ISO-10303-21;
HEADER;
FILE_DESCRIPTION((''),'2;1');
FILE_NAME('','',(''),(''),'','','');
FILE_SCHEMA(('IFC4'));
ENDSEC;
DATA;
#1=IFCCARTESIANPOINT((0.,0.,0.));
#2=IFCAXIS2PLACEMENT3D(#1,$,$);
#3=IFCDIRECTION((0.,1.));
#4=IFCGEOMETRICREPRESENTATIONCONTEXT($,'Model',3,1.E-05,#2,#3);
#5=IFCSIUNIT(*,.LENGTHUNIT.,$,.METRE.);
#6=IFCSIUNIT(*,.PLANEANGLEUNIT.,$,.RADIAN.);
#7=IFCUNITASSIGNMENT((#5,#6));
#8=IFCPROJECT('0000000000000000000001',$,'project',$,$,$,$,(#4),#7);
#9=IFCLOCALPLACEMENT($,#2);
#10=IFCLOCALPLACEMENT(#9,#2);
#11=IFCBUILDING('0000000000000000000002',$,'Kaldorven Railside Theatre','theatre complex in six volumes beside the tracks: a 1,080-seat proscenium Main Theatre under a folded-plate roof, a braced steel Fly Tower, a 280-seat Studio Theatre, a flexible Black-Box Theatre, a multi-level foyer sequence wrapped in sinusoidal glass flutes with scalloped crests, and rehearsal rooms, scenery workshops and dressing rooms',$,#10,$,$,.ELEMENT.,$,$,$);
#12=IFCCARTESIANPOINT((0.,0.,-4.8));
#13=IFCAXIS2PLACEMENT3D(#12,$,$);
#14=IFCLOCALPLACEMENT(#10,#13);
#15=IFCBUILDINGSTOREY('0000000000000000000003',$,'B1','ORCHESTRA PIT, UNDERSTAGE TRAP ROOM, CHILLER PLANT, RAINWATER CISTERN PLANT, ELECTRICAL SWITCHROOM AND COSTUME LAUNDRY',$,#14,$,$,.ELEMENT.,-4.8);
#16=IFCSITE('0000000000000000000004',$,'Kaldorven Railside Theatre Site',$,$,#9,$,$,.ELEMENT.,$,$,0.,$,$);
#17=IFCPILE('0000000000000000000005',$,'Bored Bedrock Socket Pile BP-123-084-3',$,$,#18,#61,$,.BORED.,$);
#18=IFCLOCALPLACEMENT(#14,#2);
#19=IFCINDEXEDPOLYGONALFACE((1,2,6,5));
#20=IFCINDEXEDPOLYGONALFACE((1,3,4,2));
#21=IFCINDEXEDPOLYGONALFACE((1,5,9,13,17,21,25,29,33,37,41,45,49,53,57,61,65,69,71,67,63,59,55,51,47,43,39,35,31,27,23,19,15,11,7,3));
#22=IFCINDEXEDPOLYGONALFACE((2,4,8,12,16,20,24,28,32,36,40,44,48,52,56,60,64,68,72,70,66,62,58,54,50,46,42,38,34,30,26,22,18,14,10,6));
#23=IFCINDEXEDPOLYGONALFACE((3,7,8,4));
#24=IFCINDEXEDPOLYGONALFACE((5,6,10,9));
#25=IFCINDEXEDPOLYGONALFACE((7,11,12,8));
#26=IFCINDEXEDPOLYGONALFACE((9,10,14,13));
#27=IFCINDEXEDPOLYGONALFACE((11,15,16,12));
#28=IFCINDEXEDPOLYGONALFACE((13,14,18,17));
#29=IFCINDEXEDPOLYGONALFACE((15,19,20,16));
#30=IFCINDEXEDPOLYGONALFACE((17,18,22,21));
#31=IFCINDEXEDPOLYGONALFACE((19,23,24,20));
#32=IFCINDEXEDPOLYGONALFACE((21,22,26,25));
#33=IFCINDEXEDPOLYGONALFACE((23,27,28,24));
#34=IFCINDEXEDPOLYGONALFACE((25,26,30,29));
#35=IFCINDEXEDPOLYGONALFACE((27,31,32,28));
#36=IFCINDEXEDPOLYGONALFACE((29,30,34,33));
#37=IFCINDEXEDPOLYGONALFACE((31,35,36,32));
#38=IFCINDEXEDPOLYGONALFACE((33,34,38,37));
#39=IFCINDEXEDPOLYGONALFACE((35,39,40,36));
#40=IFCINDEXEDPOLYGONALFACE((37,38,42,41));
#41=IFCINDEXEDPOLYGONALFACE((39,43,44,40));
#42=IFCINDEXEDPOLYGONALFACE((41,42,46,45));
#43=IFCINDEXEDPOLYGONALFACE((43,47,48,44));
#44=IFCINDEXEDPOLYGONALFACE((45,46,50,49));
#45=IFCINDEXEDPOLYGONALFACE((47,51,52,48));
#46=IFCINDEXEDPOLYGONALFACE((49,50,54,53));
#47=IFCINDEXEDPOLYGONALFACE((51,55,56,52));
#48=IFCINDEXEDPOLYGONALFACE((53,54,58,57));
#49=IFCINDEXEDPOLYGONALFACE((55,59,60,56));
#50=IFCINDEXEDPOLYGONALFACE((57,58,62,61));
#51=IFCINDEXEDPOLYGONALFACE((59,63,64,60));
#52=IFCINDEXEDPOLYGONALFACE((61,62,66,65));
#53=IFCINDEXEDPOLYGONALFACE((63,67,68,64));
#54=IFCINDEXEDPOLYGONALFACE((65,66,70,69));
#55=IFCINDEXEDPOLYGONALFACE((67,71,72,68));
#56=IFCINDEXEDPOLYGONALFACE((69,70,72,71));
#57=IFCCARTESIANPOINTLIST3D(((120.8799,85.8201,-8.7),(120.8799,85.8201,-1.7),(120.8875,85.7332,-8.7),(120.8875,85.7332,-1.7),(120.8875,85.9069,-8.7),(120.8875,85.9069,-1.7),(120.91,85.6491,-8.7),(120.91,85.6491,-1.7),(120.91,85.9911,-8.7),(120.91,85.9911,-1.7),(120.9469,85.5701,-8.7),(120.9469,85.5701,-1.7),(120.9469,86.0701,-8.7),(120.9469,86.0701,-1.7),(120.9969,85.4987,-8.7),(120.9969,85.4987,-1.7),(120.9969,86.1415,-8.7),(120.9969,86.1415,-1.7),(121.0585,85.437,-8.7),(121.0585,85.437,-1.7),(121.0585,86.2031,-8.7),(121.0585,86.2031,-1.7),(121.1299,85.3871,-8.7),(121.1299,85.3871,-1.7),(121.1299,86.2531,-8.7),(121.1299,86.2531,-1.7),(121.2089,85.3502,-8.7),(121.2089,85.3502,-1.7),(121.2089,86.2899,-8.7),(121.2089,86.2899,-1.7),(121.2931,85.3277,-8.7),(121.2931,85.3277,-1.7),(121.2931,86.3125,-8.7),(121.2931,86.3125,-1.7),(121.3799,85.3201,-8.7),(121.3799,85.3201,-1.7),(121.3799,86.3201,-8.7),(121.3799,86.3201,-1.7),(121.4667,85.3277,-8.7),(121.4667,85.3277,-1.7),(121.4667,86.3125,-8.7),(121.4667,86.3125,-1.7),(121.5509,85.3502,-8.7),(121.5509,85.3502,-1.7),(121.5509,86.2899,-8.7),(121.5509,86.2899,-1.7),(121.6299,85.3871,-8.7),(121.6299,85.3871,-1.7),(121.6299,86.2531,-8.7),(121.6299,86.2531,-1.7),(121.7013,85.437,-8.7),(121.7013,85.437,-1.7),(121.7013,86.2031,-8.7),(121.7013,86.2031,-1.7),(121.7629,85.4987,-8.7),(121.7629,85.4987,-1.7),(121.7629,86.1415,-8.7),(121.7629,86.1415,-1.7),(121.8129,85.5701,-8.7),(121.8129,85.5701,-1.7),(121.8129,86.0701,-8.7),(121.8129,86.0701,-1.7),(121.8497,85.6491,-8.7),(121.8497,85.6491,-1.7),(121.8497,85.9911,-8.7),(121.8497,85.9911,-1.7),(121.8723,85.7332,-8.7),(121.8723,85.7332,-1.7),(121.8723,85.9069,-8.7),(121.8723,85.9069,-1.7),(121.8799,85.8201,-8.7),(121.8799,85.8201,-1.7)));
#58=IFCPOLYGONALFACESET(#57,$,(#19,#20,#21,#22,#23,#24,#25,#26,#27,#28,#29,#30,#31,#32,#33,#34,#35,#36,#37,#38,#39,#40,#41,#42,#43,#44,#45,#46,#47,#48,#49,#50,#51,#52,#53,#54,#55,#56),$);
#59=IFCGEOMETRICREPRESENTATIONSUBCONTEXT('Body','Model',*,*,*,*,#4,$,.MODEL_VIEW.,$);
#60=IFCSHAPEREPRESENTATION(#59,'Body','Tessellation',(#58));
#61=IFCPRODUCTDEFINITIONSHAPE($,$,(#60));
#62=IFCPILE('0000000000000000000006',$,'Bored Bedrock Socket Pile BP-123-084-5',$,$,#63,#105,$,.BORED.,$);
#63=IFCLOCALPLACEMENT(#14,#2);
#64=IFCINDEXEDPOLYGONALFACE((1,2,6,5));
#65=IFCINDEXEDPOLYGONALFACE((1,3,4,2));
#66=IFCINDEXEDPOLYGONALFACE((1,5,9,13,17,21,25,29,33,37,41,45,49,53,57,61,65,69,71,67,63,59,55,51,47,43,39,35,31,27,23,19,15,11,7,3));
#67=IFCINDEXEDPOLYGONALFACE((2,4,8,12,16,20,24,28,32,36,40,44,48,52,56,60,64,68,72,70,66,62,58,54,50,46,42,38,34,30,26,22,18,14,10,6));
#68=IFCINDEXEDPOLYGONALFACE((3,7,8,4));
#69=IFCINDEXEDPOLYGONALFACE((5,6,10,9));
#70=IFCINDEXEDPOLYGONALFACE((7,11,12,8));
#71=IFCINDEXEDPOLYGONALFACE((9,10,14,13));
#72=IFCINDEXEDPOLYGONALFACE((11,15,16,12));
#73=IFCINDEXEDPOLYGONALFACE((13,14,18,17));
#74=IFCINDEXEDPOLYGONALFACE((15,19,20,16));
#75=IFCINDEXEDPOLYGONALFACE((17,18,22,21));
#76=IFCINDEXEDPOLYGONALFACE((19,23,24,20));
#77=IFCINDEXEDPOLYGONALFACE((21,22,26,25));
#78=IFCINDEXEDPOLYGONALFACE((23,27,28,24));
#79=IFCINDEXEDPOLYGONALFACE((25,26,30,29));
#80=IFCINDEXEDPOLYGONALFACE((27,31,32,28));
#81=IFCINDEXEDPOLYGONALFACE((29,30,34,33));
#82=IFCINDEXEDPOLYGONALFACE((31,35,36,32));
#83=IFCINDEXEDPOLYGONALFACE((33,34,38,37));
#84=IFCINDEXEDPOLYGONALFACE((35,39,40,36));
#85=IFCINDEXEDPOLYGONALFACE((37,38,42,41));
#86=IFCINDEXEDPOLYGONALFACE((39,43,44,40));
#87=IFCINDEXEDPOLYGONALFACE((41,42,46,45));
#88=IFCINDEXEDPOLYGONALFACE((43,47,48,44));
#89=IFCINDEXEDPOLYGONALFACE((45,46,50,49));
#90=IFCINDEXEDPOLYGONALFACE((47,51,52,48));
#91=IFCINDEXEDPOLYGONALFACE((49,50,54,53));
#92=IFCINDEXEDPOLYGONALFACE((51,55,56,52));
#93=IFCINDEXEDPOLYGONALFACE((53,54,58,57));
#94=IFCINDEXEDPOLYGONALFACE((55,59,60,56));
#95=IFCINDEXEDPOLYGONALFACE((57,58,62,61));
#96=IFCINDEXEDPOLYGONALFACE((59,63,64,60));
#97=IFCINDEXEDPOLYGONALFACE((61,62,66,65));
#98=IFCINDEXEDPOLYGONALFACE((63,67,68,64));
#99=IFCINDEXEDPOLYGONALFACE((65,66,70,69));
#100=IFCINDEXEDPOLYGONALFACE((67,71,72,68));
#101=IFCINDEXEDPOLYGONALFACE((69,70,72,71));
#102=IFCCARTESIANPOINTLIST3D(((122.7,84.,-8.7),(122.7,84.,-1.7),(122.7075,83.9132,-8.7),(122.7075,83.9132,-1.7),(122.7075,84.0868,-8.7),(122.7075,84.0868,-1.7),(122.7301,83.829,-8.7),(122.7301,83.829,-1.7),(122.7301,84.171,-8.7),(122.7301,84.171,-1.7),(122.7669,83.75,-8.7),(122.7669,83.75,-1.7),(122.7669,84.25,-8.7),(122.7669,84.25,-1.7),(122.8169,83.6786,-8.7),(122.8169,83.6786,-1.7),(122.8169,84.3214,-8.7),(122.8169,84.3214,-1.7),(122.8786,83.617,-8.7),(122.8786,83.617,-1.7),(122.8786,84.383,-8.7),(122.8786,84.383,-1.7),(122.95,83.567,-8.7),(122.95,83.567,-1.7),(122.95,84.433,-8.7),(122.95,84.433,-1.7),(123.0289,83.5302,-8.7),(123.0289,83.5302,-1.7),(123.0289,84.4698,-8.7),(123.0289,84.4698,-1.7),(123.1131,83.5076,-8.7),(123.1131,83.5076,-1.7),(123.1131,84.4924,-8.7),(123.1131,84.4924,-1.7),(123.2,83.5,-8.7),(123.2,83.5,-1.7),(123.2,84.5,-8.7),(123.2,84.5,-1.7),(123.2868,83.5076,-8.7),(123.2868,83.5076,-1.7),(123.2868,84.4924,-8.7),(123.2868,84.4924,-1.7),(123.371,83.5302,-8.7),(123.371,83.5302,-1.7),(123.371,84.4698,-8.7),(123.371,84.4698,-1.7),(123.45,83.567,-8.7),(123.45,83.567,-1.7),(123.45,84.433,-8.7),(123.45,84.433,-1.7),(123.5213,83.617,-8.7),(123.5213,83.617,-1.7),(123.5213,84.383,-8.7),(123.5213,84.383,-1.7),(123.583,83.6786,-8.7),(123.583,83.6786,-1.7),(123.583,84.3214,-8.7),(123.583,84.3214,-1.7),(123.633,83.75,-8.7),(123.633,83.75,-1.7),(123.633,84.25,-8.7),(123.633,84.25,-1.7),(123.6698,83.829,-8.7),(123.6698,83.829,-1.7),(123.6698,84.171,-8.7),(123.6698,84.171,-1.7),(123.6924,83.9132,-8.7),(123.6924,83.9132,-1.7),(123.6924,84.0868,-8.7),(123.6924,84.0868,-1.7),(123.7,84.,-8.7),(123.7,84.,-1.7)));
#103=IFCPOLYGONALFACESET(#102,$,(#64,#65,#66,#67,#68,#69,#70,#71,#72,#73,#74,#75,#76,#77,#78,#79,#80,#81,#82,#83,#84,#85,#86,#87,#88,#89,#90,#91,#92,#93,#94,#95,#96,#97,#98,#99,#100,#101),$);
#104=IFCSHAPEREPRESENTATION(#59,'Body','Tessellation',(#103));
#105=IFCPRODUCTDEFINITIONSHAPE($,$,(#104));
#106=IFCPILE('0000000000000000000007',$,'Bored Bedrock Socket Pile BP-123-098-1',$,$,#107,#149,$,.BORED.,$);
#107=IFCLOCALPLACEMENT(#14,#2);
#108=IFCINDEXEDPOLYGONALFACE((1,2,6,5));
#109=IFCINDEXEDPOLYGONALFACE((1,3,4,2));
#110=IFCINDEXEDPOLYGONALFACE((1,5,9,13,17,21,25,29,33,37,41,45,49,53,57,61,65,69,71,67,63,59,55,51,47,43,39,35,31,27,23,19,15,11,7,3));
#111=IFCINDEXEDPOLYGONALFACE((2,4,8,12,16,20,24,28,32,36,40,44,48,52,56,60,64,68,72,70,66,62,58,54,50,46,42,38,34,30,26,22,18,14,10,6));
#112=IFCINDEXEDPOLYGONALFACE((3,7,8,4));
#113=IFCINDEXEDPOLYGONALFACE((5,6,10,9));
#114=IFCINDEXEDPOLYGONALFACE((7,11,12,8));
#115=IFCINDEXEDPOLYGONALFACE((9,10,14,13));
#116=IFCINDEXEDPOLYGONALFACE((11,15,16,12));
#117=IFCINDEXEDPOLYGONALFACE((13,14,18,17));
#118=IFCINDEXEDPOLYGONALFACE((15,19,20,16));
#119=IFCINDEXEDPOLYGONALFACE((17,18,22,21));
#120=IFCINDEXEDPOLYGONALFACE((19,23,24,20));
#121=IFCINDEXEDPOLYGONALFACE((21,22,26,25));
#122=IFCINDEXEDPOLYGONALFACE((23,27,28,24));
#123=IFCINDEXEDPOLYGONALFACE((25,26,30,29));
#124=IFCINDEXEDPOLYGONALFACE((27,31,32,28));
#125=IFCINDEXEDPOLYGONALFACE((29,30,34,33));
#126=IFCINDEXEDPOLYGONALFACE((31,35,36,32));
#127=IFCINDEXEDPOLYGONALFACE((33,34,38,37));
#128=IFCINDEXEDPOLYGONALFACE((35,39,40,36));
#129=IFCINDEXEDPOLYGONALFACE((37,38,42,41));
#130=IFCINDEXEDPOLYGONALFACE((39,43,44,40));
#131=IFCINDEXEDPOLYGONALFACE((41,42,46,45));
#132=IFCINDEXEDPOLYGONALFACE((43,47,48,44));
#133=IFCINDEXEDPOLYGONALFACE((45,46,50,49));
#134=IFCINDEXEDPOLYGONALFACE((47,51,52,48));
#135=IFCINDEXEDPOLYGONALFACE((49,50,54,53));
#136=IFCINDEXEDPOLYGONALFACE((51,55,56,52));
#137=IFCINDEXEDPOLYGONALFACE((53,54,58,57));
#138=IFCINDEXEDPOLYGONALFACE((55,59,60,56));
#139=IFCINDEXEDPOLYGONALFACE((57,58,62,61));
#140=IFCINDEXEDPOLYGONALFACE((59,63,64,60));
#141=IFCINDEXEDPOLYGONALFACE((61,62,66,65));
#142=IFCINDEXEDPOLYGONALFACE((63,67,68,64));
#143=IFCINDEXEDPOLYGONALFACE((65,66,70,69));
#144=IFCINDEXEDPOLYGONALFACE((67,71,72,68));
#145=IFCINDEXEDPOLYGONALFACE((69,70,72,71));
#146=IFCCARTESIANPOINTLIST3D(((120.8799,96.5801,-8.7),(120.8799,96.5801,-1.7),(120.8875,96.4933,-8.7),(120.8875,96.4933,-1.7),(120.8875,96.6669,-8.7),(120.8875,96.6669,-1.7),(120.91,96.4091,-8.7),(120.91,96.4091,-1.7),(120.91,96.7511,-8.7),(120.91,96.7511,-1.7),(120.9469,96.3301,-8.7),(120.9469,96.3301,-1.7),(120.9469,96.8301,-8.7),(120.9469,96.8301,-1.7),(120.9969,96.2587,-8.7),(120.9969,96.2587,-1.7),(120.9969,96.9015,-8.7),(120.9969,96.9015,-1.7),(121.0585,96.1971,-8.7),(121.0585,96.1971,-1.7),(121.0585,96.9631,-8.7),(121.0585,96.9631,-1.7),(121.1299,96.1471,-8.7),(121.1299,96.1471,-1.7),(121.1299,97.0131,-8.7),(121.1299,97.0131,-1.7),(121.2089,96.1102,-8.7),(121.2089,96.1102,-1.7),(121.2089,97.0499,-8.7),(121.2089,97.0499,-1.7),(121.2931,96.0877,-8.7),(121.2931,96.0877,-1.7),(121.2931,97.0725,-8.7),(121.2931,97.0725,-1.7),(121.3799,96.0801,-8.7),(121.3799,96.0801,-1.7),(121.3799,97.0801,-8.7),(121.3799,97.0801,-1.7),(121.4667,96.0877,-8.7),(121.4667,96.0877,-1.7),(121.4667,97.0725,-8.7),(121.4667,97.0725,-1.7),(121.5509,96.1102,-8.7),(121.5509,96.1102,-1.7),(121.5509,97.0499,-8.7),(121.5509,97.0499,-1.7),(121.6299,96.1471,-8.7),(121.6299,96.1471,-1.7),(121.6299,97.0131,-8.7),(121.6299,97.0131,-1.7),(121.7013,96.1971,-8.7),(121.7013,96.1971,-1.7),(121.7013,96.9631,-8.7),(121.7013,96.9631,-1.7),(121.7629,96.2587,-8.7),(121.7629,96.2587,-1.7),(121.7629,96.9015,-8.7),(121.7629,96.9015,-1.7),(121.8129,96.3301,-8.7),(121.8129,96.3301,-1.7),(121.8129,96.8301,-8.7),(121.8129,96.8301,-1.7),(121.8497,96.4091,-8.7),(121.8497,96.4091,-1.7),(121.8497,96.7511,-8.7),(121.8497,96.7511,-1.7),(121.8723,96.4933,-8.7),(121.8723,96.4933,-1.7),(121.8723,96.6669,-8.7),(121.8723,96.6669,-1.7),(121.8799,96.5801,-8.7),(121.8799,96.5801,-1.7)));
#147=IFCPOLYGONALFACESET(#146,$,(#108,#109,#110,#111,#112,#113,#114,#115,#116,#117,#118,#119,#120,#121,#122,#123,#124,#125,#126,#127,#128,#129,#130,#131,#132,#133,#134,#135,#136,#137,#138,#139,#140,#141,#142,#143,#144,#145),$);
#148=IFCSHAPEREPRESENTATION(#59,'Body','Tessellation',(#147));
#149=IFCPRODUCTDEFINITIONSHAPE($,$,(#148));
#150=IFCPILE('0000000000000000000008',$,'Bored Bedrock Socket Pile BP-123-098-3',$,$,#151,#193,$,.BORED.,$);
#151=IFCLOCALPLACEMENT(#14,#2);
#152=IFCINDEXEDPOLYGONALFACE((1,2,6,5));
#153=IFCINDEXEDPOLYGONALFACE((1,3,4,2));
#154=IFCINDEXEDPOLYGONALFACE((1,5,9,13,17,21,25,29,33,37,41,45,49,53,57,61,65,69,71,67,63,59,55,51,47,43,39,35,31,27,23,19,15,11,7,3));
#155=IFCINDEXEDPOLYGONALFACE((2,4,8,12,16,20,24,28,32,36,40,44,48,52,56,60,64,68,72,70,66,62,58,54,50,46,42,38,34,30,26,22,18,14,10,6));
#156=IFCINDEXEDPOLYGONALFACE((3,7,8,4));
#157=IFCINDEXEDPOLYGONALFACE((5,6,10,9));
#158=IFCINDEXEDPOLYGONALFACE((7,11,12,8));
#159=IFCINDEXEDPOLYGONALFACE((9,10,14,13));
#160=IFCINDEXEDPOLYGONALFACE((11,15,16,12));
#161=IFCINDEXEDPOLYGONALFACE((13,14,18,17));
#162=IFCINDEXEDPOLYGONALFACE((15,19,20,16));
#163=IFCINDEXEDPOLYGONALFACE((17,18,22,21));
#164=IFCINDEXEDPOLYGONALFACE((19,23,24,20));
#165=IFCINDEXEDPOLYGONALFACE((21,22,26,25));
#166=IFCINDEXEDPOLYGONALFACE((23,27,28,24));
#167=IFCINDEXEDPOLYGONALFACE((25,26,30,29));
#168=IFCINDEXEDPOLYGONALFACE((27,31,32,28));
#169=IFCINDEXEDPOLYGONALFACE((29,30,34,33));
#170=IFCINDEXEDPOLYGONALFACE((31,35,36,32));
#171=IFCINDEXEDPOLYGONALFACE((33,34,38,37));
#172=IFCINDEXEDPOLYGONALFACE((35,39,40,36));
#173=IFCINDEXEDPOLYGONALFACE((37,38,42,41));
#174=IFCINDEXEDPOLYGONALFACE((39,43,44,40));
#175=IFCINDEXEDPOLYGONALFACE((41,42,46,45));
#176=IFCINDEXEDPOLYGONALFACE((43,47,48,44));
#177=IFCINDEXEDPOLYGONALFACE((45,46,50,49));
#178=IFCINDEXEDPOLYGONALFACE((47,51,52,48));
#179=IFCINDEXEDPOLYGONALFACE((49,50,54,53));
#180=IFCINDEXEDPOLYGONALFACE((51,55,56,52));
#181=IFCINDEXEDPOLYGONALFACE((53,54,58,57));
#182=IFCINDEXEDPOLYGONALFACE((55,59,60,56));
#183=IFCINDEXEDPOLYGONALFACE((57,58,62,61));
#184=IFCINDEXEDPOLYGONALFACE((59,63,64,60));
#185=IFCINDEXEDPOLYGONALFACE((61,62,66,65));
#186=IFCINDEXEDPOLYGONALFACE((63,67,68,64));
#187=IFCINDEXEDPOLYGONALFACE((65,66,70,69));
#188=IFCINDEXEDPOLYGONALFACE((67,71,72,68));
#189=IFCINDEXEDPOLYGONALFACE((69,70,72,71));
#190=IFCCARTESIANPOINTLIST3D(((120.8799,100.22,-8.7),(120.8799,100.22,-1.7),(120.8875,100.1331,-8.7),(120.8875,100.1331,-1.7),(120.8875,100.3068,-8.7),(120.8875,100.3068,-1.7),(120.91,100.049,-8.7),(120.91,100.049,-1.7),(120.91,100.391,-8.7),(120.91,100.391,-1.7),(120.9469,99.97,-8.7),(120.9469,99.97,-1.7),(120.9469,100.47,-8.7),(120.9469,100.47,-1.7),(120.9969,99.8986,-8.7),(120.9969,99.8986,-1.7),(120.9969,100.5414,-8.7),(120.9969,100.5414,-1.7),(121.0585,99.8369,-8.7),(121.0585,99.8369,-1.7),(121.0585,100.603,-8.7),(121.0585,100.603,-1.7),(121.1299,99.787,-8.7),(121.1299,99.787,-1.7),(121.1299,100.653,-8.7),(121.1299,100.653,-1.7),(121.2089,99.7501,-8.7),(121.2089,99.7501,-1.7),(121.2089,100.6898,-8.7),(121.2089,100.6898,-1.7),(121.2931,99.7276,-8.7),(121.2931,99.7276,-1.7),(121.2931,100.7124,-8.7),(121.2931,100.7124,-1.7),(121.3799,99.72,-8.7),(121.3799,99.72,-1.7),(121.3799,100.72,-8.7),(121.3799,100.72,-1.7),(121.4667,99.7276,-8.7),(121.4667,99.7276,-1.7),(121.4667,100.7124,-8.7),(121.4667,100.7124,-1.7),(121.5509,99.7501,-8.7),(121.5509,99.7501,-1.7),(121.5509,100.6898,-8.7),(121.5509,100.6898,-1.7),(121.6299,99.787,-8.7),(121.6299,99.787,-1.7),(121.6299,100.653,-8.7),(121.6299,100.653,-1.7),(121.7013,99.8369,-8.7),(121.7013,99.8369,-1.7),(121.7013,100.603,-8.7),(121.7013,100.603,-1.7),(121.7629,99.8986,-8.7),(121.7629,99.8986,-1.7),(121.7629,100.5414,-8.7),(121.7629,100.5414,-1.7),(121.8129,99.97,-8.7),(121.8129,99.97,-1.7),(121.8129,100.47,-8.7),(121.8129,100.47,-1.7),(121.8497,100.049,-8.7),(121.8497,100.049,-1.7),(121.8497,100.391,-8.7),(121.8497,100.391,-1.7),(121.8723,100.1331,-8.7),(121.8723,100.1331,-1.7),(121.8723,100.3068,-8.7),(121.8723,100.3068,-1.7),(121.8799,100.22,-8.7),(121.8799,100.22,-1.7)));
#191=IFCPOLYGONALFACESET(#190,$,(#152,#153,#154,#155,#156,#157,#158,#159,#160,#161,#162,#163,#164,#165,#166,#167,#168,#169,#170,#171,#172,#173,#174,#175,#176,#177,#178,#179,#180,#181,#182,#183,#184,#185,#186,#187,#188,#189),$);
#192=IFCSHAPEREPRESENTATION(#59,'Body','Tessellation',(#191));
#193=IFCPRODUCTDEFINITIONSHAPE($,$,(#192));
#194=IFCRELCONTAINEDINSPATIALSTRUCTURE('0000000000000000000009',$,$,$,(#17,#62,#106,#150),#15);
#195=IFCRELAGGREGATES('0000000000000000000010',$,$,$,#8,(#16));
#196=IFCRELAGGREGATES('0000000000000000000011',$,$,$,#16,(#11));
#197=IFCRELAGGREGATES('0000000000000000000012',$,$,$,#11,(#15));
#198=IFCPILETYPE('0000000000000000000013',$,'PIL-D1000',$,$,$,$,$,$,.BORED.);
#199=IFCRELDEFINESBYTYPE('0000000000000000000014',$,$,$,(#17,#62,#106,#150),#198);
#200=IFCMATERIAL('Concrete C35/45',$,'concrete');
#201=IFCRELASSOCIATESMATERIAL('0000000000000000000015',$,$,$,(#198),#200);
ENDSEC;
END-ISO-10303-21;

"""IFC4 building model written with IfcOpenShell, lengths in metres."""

from ifc_helpers import new_model, si_unit, direction, frame, origin, origin_2d, place, context, subcontext, project, spatial, circle, extrude, material, material_profile, profile_set, type_object, element, save


model = new_model("IFC4")

# Units and contexts
model_context = context("Model", 3, precision=1e-05, world=origin(), true_north=direction((0.0, 1.0)))
body_context = subcontext(model_context, "Body", "Model", "MODEL_VIEW")
ifc_project = project(units=[si_unit("LENGTHUNIT", "METRE"), si_unit("PLANEANGLEUNIT", "RADIAN")], contexts=[model_context])

# Site, building, storey
site_placement = place(None, origin())
site = spatial("IfcSite", under=ifc_project, at=site_placement, Name="Kaldorven Railside Theatre Site", CompositionType="ELEMENT", RefElevation=0.0)
building_placement = place(site_placement, origin())
building = spatial("IfcBuilding", under=site, at=building_placement, Name="Kaldorven Railside Theatre", Description="theatre complex in six volumes beside the tracks: a 1,080-seat proscenium Main Theatre under a folded-plate roof, a braced steel Fly Tower, a 280-seat Studio Theatre, a flexible Black-Box Theatre, a multi-level foyer sequence wrapped in sinusoidal glass flutes with scalloped crests, and rehearsal rooms, scenery workshops and dressing rooms", CompositionType="ELEMENT")
storey_placement = place(building_placement, frame((0.0, 0.0, -4.8)))
storey = spatial("IfcBuildingStorey", under=building, at=storey_placement, Name="B1", Description="ORCHESTRA PIT, UNDERSTAGE TRAP ROOM, CHILLER PLANT, RAINWATER CISTERN PLANT, ELECTRICAL SWITCHROOM AND COSTUME LAUNDRY", CompositionType="ELEMENT", Elevation=-4.8)

# Piles
ifc_material_1 = material(Name="Concrete C35/45", Category="concrete")
ifc_material_profile_1 = material_profile(ifc_material_1, circle(Radius=0.5, at=origin_2d()), Name="BP D1000")
ifc_profile_set_1 = profile_set([ifc_material_profile_1], Name="Concrete C35/45")
pile_type_1 = type_object("IfcPileType", Name="PIL-D1000", PredefinedType="BORED", material=ifc_profile_set_1)
for number, where, z_axis, x_axis, name in (
    (1, (121.3799, 85.8201, -1.7), (0.0, 0.0, -1.0), (1.0, 0.0, 0.0), "Bored Bedrock Socket Pile BP-123-084-3"),
    (2, (123.2, 84.0, -1.7), (0.0, 0.0, -1.0), (1.0, 0.0, 0.0), "Bored Bedrock Socket Pile BP-123-084-5"),
    (3, (121.3799, 96.5801, -1.7), (0.0, 0.0, -1.0), (1.0, 0.0, 0.0), "Bored Bedrock Socket Pile BP-123-098-1"),
    (4, (121.3799, 100.22, -1.7), (0.0, 0.0, -1.0), (1.0, 0.0, 0.0), "Bored Bedrock Socket Pile BP-123-098-3"),
):
    element("IfcPile", number, at=place(storey_placement, frame(where, z_axis=z_axis, x_axis=x_axis)), inside=storey, type_object=pile_type_1, Name=name, PredefinedType="BORED", context=body_context, shape_type="SweptSolid", body=[
        extrude(circle(Radius=0.5, at=origin_2d()), origin(), (0.0, 0.0, 1.0), 7.0),
    ])

save(model, "model.ifc")
